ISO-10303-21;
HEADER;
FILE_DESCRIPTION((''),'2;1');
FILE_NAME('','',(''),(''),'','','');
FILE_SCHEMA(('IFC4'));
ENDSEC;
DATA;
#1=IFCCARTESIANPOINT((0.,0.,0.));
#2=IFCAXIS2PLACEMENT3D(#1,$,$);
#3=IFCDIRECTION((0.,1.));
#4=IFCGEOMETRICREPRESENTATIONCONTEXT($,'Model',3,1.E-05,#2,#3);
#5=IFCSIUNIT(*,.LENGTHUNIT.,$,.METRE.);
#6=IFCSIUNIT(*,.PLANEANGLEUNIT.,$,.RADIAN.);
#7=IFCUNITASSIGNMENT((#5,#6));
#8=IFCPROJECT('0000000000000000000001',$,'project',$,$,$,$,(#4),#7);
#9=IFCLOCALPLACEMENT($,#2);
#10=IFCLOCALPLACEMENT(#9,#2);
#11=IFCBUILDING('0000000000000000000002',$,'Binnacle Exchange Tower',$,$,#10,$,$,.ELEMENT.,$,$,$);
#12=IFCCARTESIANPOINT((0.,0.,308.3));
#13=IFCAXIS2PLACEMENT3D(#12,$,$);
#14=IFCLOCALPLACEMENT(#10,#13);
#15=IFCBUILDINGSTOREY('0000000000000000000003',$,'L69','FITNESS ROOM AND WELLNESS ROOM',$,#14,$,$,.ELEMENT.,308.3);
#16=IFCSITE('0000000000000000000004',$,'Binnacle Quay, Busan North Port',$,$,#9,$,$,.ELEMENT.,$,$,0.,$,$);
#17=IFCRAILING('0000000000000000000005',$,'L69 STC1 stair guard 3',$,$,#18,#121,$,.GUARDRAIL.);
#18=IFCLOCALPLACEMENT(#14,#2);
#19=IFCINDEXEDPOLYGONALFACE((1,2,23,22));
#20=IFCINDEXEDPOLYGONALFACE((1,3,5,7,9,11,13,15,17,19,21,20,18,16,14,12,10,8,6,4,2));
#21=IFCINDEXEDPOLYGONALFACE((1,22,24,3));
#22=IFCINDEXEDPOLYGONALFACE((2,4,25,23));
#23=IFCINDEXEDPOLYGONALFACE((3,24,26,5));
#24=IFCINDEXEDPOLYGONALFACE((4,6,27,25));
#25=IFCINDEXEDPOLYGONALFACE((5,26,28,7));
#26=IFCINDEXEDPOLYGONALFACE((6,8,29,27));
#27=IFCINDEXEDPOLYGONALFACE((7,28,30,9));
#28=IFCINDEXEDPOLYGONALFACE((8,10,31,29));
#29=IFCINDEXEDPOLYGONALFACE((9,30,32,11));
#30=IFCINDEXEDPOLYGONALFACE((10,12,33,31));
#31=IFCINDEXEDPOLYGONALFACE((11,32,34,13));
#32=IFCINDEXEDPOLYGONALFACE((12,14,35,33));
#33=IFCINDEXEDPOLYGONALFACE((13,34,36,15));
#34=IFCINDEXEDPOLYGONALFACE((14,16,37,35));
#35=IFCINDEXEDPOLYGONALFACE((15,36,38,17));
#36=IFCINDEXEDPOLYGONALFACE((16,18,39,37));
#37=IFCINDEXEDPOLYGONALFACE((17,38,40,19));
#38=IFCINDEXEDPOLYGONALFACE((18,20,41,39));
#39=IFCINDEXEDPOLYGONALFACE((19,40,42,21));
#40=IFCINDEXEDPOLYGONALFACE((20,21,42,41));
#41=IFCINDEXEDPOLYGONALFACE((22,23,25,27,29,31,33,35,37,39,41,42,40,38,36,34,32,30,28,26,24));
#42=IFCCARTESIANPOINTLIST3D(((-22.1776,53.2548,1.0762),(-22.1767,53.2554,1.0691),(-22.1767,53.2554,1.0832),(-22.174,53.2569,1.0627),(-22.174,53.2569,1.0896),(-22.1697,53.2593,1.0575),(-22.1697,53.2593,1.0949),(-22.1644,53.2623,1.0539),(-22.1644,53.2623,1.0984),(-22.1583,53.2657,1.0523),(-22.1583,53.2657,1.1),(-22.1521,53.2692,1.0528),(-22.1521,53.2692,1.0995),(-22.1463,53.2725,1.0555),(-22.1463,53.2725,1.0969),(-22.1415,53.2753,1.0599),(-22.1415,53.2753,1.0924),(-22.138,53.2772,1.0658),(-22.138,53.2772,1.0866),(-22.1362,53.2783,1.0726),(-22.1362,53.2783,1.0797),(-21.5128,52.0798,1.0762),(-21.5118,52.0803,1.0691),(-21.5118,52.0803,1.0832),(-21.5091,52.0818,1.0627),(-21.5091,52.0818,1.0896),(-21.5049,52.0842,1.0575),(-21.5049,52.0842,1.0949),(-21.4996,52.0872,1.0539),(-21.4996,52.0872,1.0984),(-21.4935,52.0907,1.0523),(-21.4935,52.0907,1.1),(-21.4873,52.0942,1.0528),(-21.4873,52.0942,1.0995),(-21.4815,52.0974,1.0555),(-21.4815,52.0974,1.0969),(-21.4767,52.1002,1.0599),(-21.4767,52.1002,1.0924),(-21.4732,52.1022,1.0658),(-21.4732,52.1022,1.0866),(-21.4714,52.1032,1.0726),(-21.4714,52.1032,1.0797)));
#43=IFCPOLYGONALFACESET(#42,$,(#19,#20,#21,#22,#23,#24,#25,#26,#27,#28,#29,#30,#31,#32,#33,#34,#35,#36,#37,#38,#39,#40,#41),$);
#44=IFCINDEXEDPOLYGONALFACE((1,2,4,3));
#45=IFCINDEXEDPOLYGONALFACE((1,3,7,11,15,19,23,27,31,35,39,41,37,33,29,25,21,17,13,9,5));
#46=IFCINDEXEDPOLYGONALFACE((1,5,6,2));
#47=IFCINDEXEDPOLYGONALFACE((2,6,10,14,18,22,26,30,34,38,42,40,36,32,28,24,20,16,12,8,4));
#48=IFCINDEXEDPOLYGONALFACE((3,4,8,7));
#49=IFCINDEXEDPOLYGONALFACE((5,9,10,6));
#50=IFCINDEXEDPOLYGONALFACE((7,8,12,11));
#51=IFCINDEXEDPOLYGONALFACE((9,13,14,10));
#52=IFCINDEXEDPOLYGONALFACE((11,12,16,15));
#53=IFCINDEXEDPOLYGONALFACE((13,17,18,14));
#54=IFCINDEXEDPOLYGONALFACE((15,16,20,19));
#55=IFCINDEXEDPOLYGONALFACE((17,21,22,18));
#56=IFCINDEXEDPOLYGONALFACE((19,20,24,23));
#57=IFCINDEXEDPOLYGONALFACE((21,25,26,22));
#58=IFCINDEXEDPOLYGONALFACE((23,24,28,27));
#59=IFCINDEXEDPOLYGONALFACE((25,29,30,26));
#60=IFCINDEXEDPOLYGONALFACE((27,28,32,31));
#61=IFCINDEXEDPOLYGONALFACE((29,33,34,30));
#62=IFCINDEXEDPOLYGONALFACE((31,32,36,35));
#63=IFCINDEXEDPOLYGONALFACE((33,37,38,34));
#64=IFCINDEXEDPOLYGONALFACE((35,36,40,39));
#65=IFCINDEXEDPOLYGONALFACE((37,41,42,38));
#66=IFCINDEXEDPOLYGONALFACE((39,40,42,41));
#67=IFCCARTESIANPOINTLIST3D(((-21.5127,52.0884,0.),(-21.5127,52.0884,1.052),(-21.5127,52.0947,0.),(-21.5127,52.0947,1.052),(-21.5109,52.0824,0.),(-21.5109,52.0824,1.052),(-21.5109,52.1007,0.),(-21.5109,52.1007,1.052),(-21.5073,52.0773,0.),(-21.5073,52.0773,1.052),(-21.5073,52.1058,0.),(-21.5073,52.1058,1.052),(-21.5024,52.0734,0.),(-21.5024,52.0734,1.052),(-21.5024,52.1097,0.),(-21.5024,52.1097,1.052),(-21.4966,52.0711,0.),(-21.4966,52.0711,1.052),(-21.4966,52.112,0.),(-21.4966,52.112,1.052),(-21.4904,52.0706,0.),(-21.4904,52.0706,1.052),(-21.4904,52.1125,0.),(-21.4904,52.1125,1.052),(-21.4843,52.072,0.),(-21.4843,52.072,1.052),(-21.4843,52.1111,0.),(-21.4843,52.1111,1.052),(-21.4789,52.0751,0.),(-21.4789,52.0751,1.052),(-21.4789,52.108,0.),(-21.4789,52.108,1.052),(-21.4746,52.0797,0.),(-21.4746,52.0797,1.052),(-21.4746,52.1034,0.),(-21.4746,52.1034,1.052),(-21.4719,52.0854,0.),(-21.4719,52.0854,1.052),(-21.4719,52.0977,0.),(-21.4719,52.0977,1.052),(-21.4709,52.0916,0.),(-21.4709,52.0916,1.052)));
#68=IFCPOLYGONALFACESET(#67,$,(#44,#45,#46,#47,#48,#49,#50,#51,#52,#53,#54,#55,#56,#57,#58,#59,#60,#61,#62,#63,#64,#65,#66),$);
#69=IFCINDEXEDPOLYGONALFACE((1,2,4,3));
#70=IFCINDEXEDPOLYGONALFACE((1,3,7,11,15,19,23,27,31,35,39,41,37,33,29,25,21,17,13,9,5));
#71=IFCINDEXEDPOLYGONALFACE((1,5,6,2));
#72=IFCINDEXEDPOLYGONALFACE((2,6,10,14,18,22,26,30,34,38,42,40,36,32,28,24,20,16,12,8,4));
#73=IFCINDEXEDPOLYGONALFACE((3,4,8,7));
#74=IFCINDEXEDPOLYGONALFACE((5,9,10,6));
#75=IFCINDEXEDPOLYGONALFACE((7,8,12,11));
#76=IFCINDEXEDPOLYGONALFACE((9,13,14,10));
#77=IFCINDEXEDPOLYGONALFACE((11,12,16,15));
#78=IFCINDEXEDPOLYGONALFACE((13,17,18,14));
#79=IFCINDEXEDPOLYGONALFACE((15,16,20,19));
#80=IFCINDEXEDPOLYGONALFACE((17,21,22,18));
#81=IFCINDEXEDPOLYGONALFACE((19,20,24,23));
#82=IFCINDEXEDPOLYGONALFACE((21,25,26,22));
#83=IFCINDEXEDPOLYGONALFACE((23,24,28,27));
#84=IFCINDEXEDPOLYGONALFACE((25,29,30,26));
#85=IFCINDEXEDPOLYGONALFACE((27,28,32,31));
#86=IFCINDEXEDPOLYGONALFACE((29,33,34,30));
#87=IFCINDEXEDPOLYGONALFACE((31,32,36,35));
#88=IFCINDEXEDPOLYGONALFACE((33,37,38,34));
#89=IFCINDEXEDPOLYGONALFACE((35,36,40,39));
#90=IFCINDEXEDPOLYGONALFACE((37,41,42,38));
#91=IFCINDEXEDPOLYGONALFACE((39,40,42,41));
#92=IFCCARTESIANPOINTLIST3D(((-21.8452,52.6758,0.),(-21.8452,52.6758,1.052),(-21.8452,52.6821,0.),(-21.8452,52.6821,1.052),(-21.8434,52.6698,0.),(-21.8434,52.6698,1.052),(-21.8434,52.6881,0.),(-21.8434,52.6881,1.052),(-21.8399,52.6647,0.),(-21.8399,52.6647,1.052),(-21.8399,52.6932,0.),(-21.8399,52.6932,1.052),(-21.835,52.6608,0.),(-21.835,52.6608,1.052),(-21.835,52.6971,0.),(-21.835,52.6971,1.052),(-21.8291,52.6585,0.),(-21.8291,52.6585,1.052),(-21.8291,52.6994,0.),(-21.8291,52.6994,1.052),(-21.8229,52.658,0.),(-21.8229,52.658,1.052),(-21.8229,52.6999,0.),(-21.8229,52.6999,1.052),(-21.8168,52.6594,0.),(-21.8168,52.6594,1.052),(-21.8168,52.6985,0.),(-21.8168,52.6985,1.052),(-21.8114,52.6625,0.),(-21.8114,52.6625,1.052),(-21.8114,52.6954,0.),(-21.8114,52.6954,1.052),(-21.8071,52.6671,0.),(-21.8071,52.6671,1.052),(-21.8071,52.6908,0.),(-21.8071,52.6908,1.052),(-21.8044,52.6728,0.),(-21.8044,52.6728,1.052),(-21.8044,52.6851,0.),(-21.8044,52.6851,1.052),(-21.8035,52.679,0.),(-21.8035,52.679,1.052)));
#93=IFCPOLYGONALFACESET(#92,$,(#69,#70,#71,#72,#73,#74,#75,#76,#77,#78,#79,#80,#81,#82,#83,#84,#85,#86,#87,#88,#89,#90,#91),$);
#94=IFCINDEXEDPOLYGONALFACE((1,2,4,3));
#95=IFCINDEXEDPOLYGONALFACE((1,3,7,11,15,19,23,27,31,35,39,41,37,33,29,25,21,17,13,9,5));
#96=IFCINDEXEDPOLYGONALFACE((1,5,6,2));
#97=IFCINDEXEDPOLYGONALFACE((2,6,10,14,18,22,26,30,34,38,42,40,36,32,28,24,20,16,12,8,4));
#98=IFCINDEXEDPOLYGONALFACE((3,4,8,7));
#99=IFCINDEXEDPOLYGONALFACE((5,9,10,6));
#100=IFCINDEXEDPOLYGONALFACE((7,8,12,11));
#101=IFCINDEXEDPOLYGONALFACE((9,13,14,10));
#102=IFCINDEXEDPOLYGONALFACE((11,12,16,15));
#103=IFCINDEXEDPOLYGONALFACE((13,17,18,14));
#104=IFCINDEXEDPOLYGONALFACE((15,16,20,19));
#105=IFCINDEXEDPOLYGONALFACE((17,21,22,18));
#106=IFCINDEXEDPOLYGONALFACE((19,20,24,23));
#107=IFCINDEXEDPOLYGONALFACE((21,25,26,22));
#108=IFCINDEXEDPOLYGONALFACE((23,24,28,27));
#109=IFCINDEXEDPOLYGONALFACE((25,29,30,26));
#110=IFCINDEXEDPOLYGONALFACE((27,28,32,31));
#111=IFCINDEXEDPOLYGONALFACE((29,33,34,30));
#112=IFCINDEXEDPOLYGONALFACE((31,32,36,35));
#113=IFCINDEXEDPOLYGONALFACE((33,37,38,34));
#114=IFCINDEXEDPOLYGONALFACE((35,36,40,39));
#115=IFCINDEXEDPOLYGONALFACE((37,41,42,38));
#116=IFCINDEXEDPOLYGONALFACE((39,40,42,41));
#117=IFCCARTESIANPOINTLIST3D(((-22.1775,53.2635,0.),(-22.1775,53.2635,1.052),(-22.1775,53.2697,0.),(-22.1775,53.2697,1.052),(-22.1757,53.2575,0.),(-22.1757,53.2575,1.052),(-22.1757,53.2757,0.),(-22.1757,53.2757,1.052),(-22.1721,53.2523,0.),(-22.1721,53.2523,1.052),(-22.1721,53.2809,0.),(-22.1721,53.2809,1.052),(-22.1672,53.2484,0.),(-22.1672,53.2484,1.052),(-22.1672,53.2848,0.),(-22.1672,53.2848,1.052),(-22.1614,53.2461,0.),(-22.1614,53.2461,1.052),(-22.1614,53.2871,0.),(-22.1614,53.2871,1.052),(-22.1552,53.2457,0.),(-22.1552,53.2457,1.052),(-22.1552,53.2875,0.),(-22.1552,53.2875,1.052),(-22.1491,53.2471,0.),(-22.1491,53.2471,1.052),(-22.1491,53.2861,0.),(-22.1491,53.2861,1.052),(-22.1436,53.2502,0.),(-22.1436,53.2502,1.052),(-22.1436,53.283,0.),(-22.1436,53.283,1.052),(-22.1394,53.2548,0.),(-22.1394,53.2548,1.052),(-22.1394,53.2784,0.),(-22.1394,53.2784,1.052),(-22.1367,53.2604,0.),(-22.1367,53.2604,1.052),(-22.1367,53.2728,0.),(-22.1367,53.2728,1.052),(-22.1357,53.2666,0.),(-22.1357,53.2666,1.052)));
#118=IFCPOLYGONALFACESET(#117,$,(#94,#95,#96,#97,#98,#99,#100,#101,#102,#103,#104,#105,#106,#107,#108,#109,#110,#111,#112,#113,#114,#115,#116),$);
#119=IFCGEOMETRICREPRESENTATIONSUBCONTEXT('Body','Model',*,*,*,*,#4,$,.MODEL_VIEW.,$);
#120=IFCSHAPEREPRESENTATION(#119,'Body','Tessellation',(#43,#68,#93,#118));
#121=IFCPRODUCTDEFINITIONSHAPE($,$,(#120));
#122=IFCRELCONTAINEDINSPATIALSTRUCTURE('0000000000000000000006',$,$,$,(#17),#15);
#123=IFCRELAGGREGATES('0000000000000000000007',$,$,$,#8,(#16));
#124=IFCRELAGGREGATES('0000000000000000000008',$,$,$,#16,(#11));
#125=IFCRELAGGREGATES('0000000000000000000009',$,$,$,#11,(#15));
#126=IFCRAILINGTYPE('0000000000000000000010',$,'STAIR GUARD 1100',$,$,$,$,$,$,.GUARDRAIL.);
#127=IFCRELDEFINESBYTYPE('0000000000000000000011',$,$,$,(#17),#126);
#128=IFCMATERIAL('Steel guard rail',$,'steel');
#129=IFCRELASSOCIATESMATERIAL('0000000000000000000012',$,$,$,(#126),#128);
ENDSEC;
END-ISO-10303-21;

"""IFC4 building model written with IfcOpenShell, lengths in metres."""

from ifc_helpers import new_model, si_unit, direction, frame, origin, origin_2d, place, context, subcontext, project, spatial, circle, extrude, material, type_object, element, save


model = new_model("IFC4")

# Units and contexts
model_context = context("Model", 3, precision=1e-05, world=origin(), true_north=direction((0.0, 1.0)))
body_context = subcontext(model_context, "Body", "Model", "MODEL_VIEW")
ifc_project = project(units=[si_unit("LENGTHUNIT", "METRE"), si_unit("PLANEANGLEUNIT", "RADIAN")], contexts=[model_context])

# Site, building, storey
site_placement = place(None, origin())
site = spatial("IfcSite", under=ifc_project, at=site_placement, Name="Binnacle Quay, Busan North Port", CompositionType="ELEMENT", RefElevation=0.0)
building_placement = place(site_placement, origin())
building = spatial("IfcBuilding", under=site, at=building_placement, Name="Binnacle Exchange Tower", CompositionType="ELEMENT")
storey_placement = place(building_placement, frame((0.0, 0.0, 308.3)))
storey = spatial("IfcBuildingStorey", under=building, at=storey_placement, Name="L69", Description="FITNESS ROOM AND WELLNESS ROOM", CompositionType="ELEMENT", Elevation=308.3)

# Railing
ifc_material_1 = material(Name="Steel guard rail", Category="steel")
railing_type_1 = type_object("IfcRailingType", Name="STAIR GUARD 1100", PredefinedType="GUARDRAIL", material=ifc_material_1)
railing_1_placement = place(storey_placement, frame((-21.4919, 52.0916, 0.0)))
element("IfcRailing", 1, at=railing_1_placement, inside=storey, type_object=railing_type_1, Name="L69 STC1 stair guard 3", PredefinedType="GUARDRAIL", context=body_context, shape_type="SweptSolid", body=[
    extrude(circle(Radius=0.0239, at=origin_2d()), frame((0.0, 0.0, 1.0762), z_axis=(-0.492415, 0.870361, 0.0), x_axis=(-0.870361, -0.492415, 0.0)), (0.0, 0.0, 1.0), 1.3501),
    extrude(circle(Radius=0.021, at=origin_2d()), origin(), (0.0, 0.0, 1.0), 1.052),
    extrude(circle(Radius=0.021, at=origin_2d()), frame((-0.3325, 0.5874, 0.0)), (0.0, 0.0, 1.0), 1.052),
    extrude(circle(Radius=0.021, at=origin_2d()), frame((-0.6648, 1.175, 0.0)), (0.0, 0.0, 1.0), 1.052),
])

save(model, "model.ifc")
